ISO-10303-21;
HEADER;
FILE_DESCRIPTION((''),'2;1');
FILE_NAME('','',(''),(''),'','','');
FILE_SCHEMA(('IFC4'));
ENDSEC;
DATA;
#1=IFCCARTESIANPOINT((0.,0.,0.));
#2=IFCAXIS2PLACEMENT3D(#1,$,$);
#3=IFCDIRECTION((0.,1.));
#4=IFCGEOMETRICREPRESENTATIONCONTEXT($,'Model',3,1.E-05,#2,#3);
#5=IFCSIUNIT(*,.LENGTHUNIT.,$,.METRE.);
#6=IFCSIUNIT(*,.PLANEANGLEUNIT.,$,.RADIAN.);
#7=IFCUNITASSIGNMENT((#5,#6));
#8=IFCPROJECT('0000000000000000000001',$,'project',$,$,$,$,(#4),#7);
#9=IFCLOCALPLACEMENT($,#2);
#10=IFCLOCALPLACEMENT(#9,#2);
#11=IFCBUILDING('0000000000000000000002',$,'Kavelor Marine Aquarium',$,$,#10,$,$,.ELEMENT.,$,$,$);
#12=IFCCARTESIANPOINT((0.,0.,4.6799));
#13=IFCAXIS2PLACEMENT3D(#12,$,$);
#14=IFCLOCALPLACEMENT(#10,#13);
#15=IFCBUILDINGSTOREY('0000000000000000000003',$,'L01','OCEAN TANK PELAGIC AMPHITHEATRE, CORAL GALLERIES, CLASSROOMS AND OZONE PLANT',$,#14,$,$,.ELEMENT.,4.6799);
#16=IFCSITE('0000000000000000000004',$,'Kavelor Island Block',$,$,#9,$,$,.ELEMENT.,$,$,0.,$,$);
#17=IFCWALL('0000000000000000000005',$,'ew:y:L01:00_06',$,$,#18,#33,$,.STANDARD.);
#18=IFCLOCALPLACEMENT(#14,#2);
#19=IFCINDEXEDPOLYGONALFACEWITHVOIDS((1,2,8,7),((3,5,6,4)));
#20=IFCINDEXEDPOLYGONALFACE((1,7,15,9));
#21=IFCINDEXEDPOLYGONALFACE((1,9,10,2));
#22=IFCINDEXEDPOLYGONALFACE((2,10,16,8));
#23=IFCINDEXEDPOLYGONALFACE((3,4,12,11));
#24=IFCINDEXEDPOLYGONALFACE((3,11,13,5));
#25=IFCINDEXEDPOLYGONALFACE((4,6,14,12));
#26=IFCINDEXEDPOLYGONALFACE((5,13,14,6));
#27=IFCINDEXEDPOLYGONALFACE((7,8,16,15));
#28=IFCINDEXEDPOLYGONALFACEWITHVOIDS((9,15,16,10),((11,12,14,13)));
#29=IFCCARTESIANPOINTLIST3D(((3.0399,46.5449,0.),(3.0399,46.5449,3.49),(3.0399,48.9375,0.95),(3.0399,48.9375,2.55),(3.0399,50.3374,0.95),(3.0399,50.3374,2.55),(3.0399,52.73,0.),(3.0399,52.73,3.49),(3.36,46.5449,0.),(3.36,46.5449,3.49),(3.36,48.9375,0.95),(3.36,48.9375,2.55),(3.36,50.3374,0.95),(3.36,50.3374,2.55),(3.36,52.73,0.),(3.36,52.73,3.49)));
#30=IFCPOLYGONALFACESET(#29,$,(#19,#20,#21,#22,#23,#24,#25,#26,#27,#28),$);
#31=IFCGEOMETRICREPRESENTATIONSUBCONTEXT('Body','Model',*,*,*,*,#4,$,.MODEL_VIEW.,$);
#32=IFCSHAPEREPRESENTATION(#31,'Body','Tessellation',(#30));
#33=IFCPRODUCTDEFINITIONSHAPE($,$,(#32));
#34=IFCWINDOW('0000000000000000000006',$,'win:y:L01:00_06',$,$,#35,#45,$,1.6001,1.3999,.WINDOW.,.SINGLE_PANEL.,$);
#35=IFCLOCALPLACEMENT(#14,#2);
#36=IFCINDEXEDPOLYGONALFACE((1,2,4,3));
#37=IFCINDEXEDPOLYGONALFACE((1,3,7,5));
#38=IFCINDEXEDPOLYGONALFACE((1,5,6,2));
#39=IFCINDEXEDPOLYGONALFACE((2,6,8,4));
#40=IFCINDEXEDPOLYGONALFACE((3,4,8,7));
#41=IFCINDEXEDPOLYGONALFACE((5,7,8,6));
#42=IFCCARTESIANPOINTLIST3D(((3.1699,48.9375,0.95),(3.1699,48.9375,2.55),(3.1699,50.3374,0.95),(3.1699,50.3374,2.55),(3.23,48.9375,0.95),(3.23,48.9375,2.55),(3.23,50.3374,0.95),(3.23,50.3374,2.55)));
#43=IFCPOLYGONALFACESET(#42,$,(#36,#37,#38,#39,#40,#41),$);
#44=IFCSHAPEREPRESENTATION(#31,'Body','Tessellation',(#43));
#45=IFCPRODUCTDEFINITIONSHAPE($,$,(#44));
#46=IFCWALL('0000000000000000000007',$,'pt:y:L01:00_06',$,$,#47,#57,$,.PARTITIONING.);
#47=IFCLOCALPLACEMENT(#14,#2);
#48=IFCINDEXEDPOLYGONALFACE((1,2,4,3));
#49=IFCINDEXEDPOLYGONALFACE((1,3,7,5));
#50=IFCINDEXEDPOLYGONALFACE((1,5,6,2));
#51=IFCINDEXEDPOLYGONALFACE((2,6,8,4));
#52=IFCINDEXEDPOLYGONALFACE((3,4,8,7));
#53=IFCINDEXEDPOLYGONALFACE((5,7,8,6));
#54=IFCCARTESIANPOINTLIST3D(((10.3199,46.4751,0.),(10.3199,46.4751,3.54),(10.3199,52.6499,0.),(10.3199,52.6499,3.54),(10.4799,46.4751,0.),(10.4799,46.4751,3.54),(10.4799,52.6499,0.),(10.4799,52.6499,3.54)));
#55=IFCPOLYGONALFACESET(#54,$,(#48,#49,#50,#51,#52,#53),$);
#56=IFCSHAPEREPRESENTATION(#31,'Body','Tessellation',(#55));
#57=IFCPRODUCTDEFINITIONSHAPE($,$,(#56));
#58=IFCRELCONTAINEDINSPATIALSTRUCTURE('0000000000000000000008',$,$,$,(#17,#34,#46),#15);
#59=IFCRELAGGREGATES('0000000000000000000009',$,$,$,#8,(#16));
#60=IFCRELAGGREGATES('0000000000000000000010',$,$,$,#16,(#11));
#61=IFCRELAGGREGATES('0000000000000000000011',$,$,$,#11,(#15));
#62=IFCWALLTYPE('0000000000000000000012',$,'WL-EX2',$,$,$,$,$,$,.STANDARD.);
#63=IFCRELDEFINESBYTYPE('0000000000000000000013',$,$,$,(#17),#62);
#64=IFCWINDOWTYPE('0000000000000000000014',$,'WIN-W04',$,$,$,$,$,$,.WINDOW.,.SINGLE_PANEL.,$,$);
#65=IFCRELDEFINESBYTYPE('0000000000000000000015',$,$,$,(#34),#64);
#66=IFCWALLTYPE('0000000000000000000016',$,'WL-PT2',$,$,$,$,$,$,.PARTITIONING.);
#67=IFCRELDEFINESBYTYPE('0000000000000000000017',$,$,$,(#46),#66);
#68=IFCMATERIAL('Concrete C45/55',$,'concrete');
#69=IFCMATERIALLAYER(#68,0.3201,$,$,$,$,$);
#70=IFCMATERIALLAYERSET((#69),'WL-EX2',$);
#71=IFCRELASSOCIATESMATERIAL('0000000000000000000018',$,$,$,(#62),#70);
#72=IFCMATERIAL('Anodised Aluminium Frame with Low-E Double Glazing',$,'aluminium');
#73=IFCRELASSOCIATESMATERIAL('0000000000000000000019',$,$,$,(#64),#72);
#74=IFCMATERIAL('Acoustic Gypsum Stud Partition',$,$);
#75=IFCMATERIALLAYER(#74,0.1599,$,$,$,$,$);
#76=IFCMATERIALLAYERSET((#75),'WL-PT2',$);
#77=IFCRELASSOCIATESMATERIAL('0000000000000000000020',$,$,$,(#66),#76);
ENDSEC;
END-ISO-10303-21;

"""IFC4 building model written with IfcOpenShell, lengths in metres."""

from ifc_helpers import new_model, si_unit, direction, frame, frame_2d, origin, place, context, subcontext, project, spatial, rectangle, extrude, material, layer, layer_set, type_object, element, fill, save


model = new_model("IFC4")

# Units and contexts
model_context = context("Model", 3, precision=1e-05, world=origin(), true_north=direction((0.0, 1.0)))
body_context = subcontext(model_context, "Body", "Model", "MODEL_VIEW")
ifc_project = project(units=[si_unit("LENGTHUNIT", "METRE"), si_unit("PLANEANGLEUNIT", "RADIAN")], contexts=[model_context])

# Site, building, storey
site_placement = place(None, origin())
site = spatial("IfcSite", under=ifc_project, at=site_placement, Name="Kavelor Island Block", CompositionType="ELEMENT", RefElevation=0.0)
building_placement = place(site_placement, origin())
building = spatial("IfcBuilding", under=site, at=building_placement, Name="Kavelor Marine Aquarium", CompositionType="ELEMENT")
storey_placement = place(building_placement, frame((0.0, 0.0, 4.6799)))
storey = spatial("IfcBuildingStorey", under=building, at=storey_placement, Name="L01", Description="OCEAN TANK PELAGIC AMPHITHEATRE, CORAL GALLERIES, CLASSROOMS AND OZONE PLANT", CompositionType="ELEMENT", Elevation=4.6799)

# Wall, opening, window
ifc_material_1 = material(Name="Concrete C45/55", Category="concrete")
ifc_layer_1 = layer(ifc_material_1, 0.3201)
ifc_layer_set_1 = layer_set([ifc_layer_1], Name="WL-EX2")
wall_type_1 = type_object("IfcWallType", Name="WL-EX2", PredefinedType="STANDARD", material=ifc_layer_set_1)
wall_1_placement = place(storey_placement, frame((3.2, 46.5449, 0.0), z_axis=(0.0, 0.0, 1.0), x_axis=(0.0, 1.0, 0.0)))
wall_1 = element("IfcWall", 1, at=wall_1_placement, inside=storey, type_object=wall_type_1, Name="ew:y:L01:00_06", PredefinedType="STANDARD", context=body_context, shape_type="SweptSolid", body=[
    extrude(rectangle(XDim=6.1851, YDim=0.3201, at=frame_2d((3.0925, 0.0))), origin(), (0.0, 0.0, 1.0), 3.49),
])
opening_placement = place(wall_1_placement, frame((2.3926, 0.0, 0.95)))
opening = element("IfcOpeningElement", 2, at=opening_placement, cuts=wall_1, PredefinedType="OPENING", context=body_context, shape_type="SweptSolid", body=[
    extrude(rectangle(XDim=1.3999, YDim=1.6001, at=frame_2d((0.7, 0.8))), frame((0.0, 0.1699, 0.0), z_axis=(0.0, -1.0, 0.0), x_axis=(1.0, 0.0, 0.0)), (0.0, 0.0, 1.0), 0.3401),
])
ifc_material_2 = material(Name="Anodised Aluminium Frame with Low-E Double Glazing", Category="aluminium")
window_type = type_object("IfcWindowType", Name="WIN-W04", PartitioningType="SINGLE_PANEL", PredefinedType="WINDOW", material=ifc_material_2)
window_placement = place(opening_placement, origin())
window = element("IfcWindow", 3, at=window_placement, inside=storey, type_object=window_type, Name="win:y:L01:00_06", OverallHeight=1.6001, OverallWidth=1.3999, PartitioningType="SINGLE_PANEL", PredefinedType="WINDOW", context=body_context, shape_type="SweptSolid", body=[
    extrude(rectangle(XDim=1.3999, YDim=1.6001, at=frame_2d((0.7, 0.8))), frame((0.0, 0.03, 0.0), z_axis=(0.0, -1.0, 0.0), x_axis=(1.0, 0.0, 0.0)), (0.0, 0.0, 1.0), 0.0601),
])
fill(opening, window)

# Wall
ifc_material_3 = material(Name="Acoustic Gypsum Stud Partition")
ifc_layer_2 = layer(ifc_material_3, 0.1599)
ifc_layer_set_2 = layer_set([ifc_layer_2], Name="WL-PT2")
wall_type_2 = type_object("IfcWallType", Name="WL-PT2", PredefinedType="PARTITIONING", material=ifc_layer_set_2)
wall_2_placement = place(storey_placement, frame((10.3999, 46.4751, 0.0), z_axis=(0.0, 0.0, 1.0), x_axis=(0.0, 1.0, 0.0)))
element("IfcWall", 4, at=wall_2_placement, inside=storey, type_object=wall_type_2, Name="pt:y:L01:00_06", PredefinedType="PARTITIONING", context=body_context, shape_type="SweptSolid", body=[
    extrude(rectangle(XDim=6.1748, YDim=0.1599, at=frame_2d((3.0874, 0.0))), origin(), (0.0, 0.0, 1.0), 3.54),
])

save(model, "model.ifc")
